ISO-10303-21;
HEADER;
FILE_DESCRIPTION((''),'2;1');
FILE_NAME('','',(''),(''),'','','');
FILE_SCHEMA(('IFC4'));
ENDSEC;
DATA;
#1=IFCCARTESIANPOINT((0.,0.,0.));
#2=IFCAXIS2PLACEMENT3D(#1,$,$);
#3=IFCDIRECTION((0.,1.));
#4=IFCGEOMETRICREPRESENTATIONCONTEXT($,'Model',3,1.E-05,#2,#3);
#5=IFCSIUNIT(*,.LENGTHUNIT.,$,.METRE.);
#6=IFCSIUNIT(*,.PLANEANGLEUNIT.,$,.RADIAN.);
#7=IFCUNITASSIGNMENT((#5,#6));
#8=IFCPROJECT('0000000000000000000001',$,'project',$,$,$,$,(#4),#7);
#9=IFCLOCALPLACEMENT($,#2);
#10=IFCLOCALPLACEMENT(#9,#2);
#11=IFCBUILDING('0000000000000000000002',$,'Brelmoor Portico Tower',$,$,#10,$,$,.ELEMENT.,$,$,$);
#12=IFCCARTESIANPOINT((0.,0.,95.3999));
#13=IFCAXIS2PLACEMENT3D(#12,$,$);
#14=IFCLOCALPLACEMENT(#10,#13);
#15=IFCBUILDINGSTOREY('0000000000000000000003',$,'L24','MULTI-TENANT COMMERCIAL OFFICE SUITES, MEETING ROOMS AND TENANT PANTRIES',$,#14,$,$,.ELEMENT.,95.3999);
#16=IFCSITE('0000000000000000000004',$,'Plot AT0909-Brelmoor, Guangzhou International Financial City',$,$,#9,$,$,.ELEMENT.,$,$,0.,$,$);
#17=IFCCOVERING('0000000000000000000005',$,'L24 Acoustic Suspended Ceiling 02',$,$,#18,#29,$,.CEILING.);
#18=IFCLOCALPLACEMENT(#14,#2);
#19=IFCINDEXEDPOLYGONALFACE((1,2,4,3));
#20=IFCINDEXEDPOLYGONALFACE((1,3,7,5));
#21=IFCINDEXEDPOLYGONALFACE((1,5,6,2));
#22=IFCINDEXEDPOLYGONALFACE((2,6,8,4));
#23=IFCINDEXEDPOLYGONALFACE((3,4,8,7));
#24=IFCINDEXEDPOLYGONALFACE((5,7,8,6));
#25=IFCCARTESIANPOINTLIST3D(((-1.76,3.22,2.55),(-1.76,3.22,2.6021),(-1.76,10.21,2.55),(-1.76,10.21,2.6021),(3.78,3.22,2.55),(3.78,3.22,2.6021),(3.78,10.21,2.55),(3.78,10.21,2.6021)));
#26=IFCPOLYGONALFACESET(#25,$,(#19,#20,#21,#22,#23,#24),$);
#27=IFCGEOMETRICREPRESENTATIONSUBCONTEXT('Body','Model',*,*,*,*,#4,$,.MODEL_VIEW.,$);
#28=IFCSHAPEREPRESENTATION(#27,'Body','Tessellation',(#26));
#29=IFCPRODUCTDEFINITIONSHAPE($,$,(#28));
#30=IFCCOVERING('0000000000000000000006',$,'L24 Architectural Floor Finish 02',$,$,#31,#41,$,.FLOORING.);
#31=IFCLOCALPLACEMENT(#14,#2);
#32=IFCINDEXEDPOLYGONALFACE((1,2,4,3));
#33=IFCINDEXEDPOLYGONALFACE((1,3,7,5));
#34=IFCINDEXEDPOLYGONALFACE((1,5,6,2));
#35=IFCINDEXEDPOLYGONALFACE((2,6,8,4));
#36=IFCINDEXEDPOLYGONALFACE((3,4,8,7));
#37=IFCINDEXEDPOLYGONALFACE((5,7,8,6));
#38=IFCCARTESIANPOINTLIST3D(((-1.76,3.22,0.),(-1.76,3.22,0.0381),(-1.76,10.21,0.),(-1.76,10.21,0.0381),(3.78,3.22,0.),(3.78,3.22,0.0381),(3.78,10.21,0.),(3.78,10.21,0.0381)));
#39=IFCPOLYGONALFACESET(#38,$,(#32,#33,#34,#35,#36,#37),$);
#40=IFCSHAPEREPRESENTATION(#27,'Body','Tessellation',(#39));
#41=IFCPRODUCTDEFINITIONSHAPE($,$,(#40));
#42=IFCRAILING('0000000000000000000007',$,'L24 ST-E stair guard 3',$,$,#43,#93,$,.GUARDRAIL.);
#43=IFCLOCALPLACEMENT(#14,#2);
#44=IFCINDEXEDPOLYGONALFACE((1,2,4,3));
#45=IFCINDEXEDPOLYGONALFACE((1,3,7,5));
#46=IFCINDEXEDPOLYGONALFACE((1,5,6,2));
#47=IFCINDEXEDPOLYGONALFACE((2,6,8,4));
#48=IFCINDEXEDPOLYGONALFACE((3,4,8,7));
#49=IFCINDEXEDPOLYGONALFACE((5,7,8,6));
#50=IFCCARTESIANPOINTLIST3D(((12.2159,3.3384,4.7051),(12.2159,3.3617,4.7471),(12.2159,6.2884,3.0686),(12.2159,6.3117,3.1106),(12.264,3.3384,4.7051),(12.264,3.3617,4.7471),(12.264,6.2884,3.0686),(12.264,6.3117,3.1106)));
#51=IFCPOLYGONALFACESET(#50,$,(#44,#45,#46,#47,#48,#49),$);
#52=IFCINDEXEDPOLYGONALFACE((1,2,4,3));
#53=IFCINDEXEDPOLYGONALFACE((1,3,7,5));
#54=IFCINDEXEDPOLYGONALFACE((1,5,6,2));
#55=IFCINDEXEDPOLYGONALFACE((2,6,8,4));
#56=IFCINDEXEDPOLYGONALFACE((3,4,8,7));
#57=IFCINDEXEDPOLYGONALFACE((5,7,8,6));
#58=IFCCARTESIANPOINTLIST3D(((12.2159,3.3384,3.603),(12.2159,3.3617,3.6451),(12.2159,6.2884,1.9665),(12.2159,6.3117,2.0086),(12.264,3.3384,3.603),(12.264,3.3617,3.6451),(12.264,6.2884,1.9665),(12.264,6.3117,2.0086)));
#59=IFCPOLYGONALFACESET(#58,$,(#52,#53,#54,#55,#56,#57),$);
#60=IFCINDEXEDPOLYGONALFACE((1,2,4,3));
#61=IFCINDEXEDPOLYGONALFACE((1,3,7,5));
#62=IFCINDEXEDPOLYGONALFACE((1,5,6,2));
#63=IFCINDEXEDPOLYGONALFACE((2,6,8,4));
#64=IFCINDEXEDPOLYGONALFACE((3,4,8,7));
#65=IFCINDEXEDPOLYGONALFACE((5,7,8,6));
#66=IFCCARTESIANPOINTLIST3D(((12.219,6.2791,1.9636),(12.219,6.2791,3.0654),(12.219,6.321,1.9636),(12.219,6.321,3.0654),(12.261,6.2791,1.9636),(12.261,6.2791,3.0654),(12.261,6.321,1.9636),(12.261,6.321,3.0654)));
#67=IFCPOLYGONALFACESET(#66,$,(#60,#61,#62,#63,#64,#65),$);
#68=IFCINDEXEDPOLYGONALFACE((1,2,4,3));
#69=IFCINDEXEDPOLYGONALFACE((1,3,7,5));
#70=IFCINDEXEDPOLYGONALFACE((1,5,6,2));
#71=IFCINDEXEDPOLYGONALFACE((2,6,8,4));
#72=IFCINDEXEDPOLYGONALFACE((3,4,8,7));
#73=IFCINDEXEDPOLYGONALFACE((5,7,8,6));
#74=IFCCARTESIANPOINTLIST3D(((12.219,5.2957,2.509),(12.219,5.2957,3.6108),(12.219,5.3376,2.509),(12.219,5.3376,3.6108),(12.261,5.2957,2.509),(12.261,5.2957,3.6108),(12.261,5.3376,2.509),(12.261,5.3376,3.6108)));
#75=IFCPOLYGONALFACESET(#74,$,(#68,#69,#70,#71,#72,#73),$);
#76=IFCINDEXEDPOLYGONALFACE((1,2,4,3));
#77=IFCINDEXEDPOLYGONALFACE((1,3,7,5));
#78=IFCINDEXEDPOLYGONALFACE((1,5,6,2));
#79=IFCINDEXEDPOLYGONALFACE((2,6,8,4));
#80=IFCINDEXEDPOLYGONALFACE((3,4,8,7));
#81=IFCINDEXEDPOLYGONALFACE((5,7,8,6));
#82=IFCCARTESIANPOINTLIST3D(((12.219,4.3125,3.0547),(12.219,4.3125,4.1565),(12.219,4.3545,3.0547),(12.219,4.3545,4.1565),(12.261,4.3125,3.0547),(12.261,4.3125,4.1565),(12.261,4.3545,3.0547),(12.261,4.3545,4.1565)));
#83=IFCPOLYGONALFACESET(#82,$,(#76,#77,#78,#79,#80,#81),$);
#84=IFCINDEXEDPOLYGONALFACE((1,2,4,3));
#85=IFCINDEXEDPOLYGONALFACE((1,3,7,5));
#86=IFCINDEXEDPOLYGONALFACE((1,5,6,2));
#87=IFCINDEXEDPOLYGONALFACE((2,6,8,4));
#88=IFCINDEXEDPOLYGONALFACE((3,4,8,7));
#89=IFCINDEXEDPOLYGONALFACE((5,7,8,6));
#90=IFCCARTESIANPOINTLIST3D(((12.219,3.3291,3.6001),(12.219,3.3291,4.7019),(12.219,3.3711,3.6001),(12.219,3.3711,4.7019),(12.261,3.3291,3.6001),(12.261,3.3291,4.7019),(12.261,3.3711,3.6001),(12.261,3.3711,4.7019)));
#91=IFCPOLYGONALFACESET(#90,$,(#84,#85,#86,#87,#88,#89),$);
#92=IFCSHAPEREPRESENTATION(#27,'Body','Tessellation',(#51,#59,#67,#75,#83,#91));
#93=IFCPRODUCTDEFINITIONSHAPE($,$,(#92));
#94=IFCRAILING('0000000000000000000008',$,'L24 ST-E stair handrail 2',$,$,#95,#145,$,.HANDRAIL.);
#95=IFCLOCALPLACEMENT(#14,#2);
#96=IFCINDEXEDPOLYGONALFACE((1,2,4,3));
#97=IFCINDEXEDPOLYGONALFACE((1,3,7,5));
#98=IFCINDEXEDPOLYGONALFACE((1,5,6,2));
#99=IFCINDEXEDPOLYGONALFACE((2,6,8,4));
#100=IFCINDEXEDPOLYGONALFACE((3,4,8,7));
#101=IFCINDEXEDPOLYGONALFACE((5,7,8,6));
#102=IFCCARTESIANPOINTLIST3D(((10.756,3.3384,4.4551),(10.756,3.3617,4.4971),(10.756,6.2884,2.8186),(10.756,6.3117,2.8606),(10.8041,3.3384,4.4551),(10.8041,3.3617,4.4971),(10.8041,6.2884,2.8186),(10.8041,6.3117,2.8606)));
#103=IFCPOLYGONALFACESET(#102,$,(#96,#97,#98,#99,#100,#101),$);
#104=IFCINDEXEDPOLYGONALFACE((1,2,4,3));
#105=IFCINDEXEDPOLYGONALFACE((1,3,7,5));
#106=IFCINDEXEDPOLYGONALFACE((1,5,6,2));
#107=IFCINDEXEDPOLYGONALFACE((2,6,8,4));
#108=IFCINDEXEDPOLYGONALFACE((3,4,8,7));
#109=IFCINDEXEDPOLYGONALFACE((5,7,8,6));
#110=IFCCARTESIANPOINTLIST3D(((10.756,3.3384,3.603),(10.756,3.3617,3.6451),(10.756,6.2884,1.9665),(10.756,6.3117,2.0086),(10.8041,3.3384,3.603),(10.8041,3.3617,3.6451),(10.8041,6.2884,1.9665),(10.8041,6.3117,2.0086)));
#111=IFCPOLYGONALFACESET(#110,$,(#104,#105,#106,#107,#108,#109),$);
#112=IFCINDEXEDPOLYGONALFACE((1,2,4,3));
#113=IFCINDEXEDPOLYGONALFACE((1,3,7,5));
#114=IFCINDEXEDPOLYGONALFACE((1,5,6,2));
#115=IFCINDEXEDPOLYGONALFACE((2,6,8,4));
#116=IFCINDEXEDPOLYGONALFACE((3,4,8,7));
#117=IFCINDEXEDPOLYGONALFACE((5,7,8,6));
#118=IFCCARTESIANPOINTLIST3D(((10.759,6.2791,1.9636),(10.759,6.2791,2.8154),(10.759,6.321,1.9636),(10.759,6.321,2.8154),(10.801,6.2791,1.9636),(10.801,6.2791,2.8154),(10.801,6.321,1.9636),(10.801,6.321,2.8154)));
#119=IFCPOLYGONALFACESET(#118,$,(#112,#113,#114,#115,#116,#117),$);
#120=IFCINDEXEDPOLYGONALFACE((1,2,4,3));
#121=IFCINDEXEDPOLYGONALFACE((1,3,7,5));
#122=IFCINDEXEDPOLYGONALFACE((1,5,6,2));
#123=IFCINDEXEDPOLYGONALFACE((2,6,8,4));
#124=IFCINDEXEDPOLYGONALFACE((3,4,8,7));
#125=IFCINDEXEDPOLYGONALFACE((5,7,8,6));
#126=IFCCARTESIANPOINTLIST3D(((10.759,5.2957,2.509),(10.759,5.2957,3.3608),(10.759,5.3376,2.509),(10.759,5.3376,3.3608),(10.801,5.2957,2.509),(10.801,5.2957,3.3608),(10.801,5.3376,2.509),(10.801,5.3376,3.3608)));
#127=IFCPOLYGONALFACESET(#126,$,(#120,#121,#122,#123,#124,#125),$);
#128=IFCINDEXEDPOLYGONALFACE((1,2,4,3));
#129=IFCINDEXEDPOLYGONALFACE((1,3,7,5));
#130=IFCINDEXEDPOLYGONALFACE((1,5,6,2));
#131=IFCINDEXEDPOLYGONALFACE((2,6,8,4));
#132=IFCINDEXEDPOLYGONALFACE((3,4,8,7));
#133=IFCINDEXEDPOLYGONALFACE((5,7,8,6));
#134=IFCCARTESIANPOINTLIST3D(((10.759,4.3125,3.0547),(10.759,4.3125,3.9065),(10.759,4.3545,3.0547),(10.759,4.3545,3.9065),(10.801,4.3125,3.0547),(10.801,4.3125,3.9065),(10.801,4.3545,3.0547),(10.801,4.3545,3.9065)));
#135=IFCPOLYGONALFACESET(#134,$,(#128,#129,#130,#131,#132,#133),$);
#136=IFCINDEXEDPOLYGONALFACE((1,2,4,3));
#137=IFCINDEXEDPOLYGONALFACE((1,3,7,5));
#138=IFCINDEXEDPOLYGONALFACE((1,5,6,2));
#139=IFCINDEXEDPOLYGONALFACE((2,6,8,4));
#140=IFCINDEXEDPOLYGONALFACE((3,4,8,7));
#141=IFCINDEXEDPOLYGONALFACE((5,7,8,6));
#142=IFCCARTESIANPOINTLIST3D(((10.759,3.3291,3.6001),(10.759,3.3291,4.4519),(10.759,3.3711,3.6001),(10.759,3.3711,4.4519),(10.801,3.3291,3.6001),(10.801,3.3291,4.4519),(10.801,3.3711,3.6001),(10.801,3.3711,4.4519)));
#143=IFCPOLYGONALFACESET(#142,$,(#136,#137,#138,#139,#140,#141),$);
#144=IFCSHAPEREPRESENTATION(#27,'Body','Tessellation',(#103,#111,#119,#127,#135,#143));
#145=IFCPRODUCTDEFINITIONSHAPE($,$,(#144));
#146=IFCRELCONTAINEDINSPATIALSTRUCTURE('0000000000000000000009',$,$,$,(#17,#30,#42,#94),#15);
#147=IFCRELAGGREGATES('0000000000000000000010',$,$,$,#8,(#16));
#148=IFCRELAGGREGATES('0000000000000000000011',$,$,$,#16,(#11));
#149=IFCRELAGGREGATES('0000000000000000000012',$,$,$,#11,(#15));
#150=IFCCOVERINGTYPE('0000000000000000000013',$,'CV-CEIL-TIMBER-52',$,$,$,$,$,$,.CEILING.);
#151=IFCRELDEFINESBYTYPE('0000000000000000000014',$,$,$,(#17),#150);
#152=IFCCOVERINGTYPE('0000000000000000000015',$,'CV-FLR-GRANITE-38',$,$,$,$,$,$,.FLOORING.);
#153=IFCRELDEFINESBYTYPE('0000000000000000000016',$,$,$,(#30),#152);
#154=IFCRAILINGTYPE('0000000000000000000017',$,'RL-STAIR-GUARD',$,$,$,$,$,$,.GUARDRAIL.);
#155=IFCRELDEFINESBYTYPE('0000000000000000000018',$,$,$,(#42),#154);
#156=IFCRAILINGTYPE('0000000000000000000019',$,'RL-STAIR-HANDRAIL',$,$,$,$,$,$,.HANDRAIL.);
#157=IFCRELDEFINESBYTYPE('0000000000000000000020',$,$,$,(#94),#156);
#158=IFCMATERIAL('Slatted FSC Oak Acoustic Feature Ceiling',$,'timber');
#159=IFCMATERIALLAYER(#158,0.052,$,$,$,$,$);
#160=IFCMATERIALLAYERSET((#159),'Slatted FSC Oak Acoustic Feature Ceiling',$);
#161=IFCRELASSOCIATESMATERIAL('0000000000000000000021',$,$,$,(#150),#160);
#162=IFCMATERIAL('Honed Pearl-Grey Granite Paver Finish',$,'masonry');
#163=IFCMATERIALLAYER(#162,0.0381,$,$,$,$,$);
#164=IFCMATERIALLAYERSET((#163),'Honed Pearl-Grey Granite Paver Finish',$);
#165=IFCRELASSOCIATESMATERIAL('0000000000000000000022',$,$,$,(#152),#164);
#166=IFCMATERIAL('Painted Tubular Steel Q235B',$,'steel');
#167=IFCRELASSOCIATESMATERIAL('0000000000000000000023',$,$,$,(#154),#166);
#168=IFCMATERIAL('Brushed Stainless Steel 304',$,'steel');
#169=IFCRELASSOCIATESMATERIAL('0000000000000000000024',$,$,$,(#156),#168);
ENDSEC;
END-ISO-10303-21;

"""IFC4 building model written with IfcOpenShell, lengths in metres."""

from ifc_helpers import new_model, si_unit, direction, frame, origin, origin_2d, place, context, subcontext, project, spatial, polyline, rectangle, outline, extrude, material, layer, layer_set, type_object, element, save


model = new_model("IFC4")

# Units and contexts
model_context = context("Model", 3, precision=1e-05, world=origin(), true_north=direction((0.0, 1.0)))
body_context = subcontext(model_context, "Body", "Model", "MODEL_VIEW")
ifc_project = project(units=[si_unit("LENGTHUNIT", "METRE"), si_unit("PLANEANGLEUNIT", "RADIAN")], contexts=[model_context])

# Site, building, storey
site_placement = place(None, origin())
site = spatial("IfcSite", under=ifc_project, at=site_placement, Name="Plot AT0909-Brelmoor, Guangzhou International Financial City", CompositionType="ELEMENT", RefElevation=0.0)
building_placement = place(site_placement, origin())
building = spatial("IfcBuilding", under=site, at=building_placement, Name="Brelmoor Portico Tower", CompositionType="ELEMENT")
storey_placement = place(building_placement, frame((0.0, 0.0, 95.3999)))
storey = spatial("IfcBuildingStorey", under=building, at=storey_placement, Name="L24", Description="MULTI-TENANT COMMERCIAL OFFICE SUITES, MEETING ROOMS AND TENANT PANTRIES", CompositionType="ELEMENT", Elevation=95.3999)

# Coverings
ifc_material_1 = material(Name="Slatted FSC Oak Acoustic Feature Ceiling", Category="timber")
ifc_layer_1 = layer(ifc_material_1, 0.052)
ifc_layer_set_1 = layer_set([ifc_layer_1], Name="Slatted FSC Oak Acoustic Feature Ceiling")
covering_type_1 = type_object("IfcCoveringType", Name="CV-CEIL-TIMBER-52", PredefinedType="CEILING", material=ifc_layer_set_1)
covering_1_placement = place(storey_placement, frame((0.0, 0.0, 2.55)))
element("IfcCovering", 1, at=covering_1_placement, inside=storey, type_object=covering_type_1, Name="L24 Acoustic Suspended Ceiling 02", PredefinedType="CEILING", context=body_context, shape_type="SweptSolid", body=[
    extrude(outline(polyline([(-1.76, 3.22), (-1.76, 10.21), (3.78, 10.21), (3.78, 3.22), (-1.76, 3.22)])), origin(), (0.0, 0.0, 1.0), 0.052),
])
ifc_material_2 = material(Name="Honed Pearl-Grey Granite Paver Finish", Category="masonry")
ifc_layer_2 = layer(ifc_material_2, 0.0381)
ifc_layer_set_2 = layer_set([ifc_layer_2], Name="Honed Pearl-Grey Granite Paver Finish")
covering_type_2 = type_object("IfcCoveringType", Name="CV-FLR-GRANITE-38", PredefinedType="FLOORING", material=ifc_layer_set_2)
covering_2_placement = place(storey_placement, origin())
element("IfcCovering", 2, at=covering_2_placement, inside=storey, type_object=covering_type_2, Name="L24 Architectural Floor Finish 02", PredefinedType="FLOORING", context=body_context, shape_type="SweptSolid", body=[
    extrude(outline(polyline([(-1.76, 3.22), (-1.76, 10.21), (3.78, 10.21), (3.78, 3.22), (-1.76, 3.22)])), origin(), (0.0, 0.0, 1.0), 0.0381),
])

# Railings
ifc_material_3 = material(Name="Painted Tubular Steel Q235B", Category="steel")
railing_type_1 = type_object("IfcRailingType", Name="RL-STAIR-GUARD", PredefinedType="GUARDRAIL", material=ifc_material_3)
railing_1_placement = place(storey_placement, frame((12.24, 6.3, 1.9636)))
element("IfcRailing", 3, at=railing_1_placement, inside=storey, type_object=railing_type_1, Name="L24 ST-E stair guard 3", PredefinedType="GUARDRAIL", context=body_context, shape_type="SweptSolid", body=[
    extrude(rectangle(XDim=0.0481, YDim=0.0481, at=origin_2d()), frame((0.0, 0.0, 1.126), z_axis=(0.0, -0.874458, 0.485102), x_axis=(1.0, 0.0, 0.0)), (0.0, 0.0, 1.0), 3.3735),
    extrude(rectangle(XDim=0.0481, YDim=0.0481, at=origin_2d()), frame((0.0, 0.0, 0.0239), z_axis=(0.0, -0.874458, 0.485102), x_axis=(1.0, 0.0, 0.0)), (0.0, 0.0, 1.0), 3.3735),
    extrude(rectangle(XDim=0.042, YDim=0.042, at=origin_2d()), origin(), (0.0, 0.0, 1.0), 1.1018),
    extrude(rectangle(XDim=0.042, YDim=0.042, at=origin_2d()), frame((0.0, -0.9834, 0.5454)), (0.0, 0.0, 1.0), 1.1018),
    extrude(rectangle(XDim=0.042, YDim=0.042, at=origin_2d()), frame((0.0, -1.9666, 1.0911)), (0.0, 0.0, 1.0), 1.1018),
    extrude(rectangle(XDim=0.042, YDim=0.042, at=origin_2d()), frame((0.0, -2.95, 1.6365)), (0.0, 0.0, 1.0), 1.1018),
])
ifc_material_4 = material(Name="Brushed Stainless Steel 304", Category="steel")
railing_type_2 = type_object("IfcRailingType", Name="RL-STAIR-HANDRAIL", PredefinedType="HANDRAIL", material=ifc_material_4)
railing_2_placement = place(storey_placement, frame((10.78, 6.3, 1.9636)))
element("IfcRailing", 4, at=railing_2_placement, inside=storey, type_object=railing_type_2, Name="L24 ST-E stair handrail 2", PredefinedType="HANDRAIL", context=body_context, shape_type="SweptSolid", body=[
    extrude(rectangle(XDim=0.0481, YDim=0.0481, at=origin_2d()), frame((0.0, 0.0, 0.876), z_axis=(0.0, -0.874458, 0.485102), x_axis=(1.0, 0.0, 0.0)), (0.0, 0.0, 1.0), 3.3735),
    extrude(rectangle(XDim=0.0481, YDim=0.0481, at=origin_2d()), frame((0.0, 0.0, 0.0239), z_axis=(0.0, -0.874458, 0.485102), x_axis=(1.0, 0.0, 0.0)), (0.0, 0.0, 1.0), 3.3735),
    extrude(rectangle(XDim=0.042, YDim=0.042, at=origin_2d()), origin(), (0.0, 0.0, 1.0), 0.8518),
    extrude(rectangle(XDim=0.042, YDim=0.042, at=origin_2d()), frame((0.0, -0.9834, 0.5454)), (0.0, 0.0, 1.0), 0.8518),
    extrude(rectangle(XDim=0.042, YDim=0.042, at=origin_2d()), frame((0.0, -1.9666, 1.0911)), (0.0, 0.0, 1.0), 0.8518),
    extrude(rectangle(XDim=0.042, YDim=0.042, at=origin_2d()), frame((0.0, -2.95, 1.6365)), (0.0, 0.0, 1.0), 0.8518),
])

save(model, "model.ifc")
